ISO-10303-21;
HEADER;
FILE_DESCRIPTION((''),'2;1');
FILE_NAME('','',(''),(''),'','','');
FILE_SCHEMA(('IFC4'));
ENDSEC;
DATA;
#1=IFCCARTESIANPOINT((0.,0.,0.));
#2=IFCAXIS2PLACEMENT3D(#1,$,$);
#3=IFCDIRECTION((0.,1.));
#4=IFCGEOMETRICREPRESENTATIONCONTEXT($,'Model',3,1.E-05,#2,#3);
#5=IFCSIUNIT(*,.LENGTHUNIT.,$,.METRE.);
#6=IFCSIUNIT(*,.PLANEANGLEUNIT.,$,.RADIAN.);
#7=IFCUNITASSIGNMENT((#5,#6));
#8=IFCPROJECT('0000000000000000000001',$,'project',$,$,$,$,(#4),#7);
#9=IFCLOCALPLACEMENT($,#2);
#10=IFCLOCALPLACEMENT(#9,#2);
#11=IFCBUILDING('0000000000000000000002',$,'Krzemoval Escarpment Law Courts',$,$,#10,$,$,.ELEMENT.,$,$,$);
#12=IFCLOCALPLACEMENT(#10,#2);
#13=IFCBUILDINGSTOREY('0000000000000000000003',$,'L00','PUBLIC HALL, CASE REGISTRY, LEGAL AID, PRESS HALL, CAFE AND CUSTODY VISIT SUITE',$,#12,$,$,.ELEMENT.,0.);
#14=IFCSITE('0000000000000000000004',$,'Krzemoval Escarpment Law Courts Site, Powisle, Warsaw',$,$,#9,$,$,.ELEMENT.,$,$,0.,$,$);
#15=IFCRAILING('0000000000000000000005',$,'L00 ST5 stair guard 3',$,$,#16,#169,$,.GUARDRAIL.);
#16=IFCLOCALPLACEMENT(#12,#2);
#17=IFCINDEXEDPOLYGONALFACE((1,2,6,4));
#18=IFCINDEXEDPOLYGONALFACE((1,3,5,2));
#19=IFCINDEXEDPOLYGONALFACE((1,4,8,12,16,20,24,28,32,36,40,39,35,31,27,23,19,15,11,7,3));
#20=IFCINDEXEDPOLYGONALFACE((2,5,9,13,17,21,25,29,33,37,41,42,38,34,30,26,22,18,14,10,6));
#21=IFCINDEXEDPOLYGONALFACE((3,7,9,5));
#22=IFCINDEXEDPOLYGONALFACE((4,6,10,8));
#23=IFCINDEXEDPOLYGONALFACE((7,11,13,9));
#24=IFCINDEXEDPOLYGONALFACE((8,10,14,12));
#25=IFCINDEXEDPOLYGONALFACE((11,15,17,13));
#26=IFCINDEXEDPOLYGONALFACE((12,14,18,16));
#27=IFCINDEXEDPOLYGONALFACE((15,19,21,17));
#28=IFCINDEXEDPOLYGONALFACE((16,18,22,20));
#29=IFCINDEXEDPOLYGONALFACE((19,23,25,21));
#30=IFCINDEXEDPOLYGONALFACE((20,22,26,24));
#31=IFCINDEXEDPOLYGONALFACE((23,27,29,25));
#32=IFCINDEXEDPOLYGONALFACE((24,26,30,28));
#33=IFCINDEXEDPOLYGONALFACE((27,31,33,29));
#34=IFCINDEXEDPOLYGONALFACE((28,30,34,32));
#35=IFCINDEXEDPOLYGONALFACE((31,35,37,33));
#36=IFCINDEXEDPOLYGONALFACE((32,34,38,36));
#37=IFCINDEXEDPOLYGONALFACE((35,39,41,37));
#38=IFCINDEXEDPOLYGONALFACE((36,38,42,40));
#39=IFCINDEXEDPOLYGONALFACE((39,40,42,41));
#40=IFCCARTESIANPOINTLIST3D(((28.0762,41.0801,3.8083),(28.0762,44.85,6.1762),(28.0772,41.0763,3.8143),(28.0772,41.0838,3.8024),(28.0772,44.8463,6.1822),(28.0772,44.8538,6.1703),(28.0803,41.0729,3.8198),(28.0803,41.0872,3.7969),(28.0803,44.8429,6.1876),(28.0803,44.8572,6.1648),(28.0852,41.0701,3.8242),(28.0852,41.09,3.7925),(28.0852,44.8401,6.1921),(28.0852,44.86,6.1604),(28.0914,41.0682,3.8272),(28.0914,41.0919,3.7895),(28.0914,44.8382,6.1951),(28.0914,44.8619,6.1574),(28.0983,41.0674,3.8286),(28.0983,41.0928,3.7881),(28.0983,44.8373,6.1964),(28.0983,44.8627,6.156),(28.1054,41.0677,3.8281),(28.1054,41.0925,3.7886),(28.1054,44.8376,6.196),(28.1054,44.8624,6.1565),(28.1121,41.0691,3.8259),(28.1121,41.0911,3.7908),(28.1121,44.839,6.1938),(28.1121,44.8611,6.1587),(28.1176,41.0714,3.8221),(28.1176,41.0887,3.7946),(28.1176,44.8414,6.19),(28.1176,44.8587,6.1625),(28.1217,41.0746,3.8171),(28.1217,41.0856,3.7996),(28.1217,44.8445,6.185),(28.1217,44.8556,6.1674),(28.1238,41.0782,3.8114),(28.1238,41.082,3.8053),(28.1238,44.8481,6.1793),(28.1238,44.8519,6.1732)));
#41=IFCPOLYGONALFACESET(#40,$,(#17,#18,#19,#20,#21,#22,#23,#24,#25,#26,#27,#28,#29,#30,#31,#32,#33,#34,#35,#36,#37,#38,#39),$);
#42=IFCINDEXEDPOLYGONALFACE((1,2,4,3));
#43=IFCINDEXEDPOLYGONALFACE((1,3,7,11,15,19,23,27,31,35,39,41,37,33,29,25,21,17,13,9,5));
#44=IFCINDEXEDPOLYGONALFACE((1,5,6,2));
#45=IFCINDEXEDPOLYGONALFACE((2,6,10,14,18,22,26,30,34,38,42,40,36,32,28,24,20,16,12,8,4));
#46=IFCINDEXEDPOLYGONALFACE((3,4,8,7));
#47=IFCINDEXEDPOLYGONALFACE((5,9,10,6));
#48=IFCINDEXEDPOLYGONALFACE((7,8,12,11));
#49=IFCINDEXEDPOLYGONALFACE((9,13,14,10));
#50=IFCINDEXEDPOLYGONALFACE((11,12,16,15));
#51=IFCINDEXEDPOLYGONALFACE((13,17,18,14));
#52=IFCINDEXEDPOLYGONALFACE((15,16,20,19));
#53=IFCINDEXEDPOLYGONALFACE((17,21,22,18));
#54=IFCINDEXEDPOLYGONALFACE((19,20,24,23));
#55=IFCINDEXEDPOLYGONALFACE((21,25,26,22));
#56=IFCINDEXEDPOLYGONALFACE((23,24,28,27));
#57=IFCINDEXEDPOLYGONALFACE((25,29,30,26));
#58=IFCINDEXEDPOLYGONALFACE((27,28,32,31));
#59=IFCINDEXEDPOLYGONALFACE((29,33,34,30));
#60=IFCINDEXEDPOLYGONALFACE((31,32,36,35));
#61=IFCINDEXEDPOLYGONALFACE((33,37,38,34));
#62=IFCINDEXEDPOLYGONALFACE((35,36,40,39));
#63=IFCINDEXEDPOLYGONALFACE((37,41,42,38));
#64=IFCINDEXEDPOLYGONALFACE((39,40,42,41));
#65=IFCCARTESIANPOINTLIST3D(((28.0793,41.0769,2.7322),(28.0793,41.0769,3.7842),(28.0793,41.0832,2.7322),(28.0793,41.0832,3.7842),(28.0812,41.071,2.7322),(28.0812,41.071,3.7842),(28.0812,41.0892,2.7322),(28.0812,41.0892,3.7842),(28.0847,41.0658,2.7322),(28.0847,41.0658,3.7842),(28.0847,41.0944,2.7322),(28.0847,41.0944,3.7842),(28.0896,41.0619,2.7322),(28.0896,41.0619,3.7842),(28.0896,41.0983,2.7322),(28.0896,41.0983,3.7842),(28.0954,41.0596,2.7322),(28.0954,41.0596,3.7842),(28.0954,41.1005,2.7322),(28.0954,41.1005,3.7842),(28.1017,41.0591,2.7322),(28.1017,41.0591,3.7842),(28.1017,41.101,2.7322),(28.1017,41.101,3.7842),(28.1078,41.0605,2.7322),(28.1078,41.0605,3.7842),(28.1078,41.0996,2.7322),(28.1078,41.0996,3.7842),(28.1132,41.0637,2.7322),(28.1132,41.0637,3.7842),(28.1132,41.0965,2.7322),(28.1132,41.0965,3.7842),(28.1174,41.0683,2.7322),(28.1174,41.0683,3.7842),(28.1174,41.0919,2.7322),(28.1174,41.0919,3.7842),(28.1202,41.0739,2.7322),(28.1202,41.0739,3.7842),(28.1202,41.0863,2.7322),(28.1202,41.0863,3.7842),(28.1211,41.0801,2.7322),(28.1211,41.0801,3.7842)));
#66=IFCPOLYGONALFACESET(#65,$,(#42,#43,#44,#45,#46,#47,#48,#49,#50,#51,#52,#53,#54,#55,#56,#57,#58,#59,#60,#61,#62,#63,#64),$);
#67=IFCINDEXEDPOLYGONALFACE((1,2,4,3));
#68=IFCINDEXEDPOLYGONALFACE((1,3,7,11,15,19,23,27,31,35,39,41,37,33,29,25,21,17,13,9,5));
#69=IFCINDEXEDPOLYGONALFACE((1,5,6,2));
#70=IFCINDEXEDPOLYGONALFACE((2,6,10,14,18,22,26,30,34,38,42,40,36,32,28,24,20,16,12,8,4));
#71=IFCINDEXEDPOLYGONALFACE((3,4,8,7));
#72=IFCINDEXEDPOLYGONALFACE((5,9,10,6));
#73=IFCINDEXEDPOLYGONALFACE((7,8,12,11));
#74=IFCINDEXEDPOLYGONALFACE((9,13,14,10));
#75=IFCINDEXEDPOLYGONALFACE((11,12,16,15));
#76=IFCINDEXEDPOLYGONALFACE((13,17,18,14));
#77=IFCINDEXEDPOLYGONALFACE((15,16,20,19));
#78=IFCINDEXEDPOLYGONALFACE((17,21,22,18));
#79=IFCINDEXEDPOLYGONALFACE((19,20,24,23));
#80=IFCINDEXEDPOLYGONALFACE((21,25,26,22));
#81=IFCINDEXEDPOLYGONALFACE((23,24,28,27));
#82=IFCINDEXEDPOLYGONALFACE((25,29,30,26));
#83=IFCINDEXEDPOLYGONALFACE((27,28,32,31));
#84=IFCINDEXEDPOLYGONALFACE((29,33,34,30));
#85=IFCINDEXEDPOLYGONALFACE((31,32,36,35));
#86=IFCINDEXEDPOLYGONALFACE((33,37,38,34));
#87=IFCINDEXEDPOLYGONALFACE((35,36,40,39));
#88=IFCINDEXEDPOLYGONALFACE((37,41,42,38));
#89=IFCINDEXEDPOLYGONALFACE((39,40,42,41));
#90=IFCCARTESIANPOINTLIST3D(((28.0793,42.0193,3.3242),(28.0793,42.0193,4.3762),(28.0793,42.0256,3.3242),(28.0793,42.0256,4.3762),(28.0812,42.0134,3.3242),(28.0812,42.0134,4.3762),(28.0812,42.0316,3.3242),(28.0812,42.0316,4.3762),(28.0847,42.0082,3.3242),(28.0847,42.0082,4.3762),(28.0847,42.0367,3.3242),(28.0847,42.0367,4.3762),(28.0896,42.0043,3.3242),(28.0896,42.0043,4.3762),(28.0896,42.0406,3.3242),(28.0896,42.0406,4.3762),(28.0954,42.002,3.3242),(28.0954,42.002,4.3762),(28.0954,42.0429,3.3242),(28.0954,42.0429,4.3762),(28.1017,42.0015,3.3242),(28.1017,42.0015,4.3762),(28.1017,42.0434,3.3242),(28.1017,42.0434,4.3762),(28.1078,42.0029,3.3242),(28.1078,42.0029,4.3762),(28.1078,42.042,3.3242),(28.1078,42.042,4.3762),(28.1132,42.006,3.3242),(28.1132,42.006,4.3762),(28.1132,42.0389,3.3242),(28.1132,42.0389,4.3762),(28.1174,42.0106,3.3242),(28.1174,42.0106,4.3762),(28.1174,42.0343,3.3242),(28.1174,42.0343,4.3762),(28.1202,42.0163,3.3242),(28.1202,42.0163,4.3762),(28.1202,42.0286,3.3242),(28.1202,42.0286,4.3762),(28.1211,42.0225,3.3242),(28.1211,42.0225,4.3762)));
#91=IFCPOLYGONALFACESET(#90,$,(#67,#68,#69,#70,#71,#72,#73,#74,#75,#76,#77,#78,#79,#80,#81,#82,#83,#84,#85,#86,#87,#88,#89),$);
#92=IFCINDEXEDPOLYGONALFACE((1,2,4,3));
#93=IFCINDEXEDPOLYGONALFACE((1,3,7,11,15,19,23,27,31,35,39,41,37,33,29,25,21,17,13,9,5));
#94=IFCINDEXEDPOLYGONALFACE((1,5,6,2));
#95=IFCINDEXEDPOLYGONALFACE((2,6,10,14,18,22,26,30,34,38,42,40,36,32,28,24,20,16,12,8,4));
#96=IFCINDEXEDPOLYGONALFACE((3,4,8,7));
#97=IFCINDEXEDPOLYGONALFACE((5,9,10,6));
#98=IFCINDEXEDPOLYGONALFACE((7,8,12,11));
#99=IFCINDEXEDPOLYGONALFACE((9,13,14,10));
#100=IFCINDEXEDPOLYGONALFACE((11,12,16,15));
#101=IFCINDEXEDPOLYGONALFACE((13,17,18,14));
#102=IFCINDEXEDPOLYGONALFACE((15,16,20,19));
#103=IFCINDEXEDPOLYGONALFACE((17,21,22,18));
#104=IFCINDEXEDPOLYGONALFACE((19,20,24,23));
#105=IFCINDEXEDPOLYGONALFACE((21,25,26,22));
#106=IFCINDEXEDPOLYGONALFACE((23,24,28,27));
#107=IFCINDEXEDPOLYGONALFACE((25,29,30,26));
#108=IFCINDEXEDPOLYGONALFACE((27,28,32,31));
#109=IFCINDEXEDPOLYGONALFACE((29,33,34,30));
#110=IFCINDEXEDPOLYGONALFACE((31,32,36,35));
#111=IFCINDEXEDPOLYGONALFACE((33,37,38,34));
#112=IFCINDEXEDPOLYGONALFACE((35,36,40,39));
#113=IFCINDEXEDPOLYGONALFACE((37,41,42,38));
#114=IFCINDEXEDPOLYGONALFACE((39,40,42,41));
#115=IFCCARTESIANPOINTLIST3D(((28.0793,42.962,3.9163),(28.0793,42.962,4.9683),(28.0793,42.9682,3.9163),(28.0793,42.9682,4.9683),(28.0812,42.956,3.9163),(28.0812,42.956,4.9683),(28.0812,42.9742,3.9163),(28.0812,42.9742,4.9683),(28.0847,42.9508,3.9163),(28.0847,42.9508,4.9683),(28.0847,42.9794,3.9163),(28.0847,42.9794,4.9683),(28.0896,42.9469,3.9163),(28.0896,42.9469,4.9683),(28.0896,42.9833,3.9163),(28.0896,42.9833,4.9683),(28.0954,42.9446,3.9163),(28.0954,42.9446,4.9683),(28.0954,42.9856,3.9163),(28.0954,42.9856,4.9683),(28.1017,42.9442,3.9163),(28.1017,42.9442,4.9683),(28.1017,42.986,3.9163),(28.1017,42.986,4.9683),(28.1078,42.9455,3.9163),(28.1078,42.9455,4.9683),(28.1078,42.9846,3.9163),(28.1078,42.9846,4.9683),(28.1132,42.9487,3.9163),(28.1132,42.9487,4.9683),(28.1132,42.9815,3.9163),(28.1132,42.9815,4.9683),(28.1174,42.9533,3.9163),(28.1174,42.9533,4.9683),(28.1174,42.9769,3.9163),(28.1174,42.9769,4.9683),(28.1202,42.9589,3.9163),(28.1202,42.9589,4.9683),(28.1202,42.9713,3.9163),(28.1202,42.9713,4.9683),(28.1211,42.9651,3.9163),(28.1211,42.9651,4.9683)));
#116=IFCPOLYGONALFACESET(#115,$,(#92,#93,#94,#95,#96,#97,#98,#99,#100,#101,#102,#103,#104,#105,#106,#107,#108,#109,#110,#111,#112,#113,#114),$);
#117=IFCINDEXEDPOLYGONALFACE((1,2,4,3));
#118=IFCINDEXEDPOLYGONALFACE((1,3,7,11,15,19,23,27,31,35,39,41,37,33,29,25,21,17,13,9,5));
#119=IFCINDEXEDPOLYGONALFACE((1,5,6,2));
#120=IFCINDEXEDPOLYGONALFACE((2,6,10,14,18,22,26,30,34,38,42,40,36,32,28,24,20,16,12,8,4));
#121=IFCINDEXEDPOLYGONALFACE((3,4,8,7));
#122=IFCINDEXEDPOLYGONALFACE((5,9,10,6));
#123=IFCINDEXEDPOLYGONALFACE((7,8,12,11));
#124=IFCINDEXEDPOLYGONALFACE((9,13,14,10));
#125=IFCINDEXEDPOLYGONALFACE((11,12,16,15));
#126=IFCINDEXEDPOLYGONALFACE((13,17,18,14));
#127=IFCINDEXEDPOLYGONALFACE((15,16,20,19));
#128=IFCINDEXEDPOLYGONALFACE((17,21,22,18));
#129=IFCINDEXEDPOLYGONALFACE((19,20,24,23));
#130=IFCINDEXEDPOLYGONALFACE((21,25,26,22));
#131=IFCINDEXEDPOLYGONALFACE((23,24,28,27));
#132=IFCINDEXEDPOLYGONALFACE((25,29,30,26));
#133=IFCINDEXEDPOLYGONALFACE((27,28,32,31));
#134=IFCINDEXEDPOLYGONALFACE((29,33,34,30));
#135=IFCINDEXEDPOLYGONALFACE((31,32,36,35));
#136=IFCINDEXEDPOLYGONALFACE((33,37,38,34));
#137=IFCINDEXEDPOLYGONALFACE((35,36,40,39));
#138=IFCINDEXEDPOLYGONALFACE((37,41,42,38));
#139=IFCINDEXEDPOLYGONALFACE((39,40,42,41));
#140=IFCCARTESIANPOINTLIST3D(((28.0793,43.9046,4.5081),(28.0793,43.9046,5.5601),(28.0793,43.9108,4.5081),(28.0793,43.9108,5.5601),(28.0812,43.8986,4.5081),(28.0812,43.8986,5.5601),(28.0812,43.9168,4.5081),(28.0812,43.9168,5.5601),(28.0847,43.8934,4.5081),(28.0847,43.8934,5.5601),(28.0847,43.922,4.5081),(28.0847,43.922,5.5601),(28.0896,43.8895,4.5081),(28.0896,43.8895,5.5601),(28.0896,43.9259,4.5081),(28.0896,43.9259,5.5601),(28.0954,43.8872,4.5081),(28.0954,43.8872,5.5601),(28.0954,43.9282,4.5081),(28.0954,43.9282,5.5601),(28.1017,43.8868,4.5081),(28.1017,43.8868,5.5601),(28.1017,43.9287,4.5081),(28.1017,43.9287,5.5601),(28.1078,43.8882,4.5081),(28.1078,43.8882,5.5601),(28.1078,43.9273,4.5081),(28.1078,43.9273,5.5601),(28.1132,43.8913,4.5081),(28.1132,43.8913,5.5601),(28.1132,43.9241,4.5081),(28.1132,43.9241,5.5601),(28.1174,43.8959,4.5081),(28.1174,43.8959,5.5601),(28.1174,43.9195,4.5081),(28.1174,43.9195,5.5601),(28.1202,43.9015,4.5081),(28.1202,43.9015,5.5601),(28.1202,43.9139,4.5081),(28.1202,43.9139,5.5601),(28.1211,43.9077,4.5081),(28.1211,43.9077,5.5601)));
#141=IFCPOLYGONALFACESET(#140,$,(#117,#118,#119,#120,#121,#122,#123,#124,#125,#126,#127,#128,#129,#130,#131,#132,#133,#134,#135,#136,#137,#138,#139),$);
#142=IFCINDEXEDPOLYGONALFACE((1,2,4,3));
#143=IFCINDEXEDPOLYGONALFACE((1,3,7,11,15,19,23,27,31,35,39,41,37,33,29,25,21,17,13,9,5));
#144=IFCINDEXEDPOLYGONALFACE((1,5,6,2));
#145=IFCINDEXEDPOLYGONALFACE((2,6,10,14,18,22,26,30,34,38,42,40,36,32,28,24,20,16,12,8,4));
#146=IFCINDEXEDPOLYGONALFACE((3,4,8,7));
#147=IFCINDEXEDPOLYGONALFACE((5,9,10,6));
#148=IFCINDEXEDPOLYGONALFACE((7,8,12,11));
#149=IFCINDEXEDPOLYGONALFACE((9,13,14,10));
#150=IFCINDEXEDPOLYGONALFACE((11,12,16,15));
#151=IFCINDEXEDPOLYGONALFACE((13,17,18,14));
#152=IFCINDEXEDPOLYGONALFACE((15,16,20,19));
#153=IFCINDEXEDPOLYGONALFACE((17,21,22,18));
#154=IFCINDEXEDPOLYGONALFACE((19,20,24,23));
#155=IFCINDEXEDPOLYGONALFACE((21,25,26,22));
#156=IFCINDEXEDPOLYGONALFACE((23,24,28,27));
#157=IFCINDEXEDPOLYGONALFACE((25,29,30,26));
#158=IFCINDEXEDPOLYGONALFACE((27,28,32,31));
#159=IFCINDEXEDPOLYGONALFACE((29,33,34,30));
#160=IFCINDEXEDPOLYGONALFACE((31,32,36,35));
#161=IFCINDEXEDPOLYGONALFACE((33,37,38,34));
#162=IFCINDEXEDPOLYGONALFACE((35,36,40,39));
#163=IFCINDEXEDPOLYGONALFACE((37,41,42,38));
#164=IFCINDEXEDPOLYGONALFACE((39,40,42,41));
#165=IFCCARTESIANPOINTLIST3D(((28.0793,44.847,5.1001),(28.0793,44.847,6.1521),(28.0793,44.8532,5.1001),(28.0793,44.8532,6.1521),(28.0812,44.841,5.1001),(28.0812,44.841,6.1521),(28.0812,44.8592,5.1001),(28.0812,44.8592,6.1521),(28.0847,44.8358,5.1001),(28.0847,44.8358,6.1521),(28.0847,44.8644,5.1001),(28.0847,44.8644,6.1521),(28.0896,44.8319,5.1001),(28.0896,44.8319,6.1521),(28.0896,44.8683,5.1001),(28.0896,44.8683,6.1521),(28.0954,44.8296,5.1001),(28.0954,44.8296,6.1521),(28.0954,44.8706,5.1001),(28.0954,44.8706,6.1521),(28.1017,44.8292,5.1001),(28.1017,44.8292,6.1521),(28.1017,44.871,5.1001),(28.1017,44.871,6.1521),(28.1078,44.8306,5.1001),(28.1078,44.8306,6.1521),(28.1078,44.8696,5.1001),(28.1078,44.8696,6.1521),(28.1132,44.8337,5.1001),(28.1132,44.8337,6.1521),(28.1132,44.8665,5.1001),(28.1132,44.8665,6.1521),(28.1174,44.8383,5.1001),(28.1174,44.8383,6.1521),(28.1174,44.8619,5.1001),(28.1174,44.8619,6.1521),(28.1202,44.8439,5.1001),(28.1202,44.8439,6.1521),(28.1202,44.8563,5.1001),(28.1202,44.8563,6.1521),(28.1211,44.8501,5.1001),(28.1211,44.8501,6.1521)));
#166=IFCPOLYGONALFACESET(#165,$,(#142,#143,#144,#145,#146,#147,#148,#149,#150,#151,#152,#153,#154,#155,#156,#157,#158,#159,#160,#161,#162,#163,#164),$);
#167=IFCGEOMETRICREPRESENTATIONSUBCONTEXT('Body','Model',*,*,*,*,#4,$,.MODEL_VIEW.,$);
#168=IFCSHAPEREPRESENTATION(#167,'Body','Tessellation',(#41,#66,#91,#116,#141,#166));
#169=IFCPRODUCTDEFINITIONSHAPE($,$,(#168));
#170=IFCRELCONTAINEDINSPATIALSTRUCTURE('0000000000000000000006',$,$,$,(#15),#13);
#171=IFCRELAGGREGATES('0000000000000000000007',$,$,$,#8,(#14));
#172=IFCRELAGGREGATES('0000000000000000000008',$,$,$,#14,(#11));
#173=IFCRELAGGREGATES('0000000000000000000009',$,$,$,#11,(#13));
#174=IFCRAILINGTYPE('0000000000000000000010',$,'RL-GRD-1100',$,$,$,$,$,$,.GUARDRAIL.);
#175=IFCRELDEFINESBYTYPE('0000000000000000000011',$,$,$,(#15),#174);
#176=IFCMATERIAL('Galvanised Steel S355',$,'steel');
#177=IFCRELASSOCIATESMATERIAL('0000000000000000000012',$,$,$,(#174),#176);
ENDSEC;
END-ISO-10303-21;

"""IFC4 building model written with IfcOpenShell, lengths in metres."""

from ifc_helpers import new_model, si_unit, direction, frame, origin, origin_2d, place, context, subcontext, project, spatial, circle, extrude, material, type_object, element, save


model = new_model("IFC4")

# Units and contexts
model_context = context("Model", 3, precision=1e-05, world=origin(), true_north=direction((0.0, 1.0)))
body_context = subcontext(model_context, "Body", "Model", "MODEL_VIEW")
ifc_project = project(units=[si_unit("LENGTHUNIT", "METRE"), si_unit("PLANEANGLEUNIT", "RADIAN")], contexts=[model_context])

# Site, building, storey
site_placement = place(None, origin())
site = spatial("IfcSite", under=ifc_project, at=site_placement, Name="Krzemoval Escarpment Law Courts Site, Powisle, Warsaw", CompositionType="ELEMENT", RefElevation=0.0)
building_placement = place(site_placement, origin())
building = spatial("IfcBuilding", under=site, at=building_placement, Name="Krzemoval Escarpment Law Courts", CompositionType="ELEMENT")
storey_placement = place(building_placement, origin())
storey = spatial("IfcBuildingStorey", under=building, at=storey_placement, Name="L00", Description="PUBLIC HALL, CASE REGISTRY, LEGAL AID, PRESS HALL, CAFE AND CUSTODY VISIT SUITE", CompositionType="ELEMENT", Elevation=0.0)

# Railing
ifc_material_1 = material(Name="Galvanised Steel S355", Category="steel")
railing_type_1 = type_object("IfcRailingType", Name="RL-GRD-1100", PredefinedType="GUARDRAIL", material=ifc_material_1)
railing_1_placement = place(storey_placement, frame((28.1001, 41.0801, 2.7322)))
element("IfcRailing", 1, at=railing_1_placement, inside=storey, type_object=railing_type_1, Name="L00 ST5 stair guard 3", PredefinedType="GUARDRAIL", context=body_context, shape_type="SweptSolid", body=[
    extrude(circle(Radius=0.0239, at=origin_2d()), frame((0.0, 0.0, 1.0762), z_axis=(0.0, 0.846819, 0.531881), x_axis=(-1.0, 0.0, 0.0)), (0.0, 0.0, 1.0), 4.4519),
    extrude(circle(Radius=0.021, at=origin_2d()), origin(), (0.0, 0.0, 1.0), 1.052),
    extrude(circle(Radius=0.021, at=origin_2d()), frame((0.0, 0.9424, 0.592)), (0.0, 0.0, 1.0), 1.052),
    extrude(circle(Radius=0.021, at=origin_2d()), frame((0.0, 1.885, 1.1841)), (0.0, 0.0, 1.0), 1.052),
    extrude(circle(Radius=0.021, at=origin_2d()), frame((0.0, 2.8276, 1.7759)), (0.0, 0.0, 1.0), 1.052),
    extrude(circle(Radius=0.021, at=origin_2d()), frame((0.0, 3.77, 2.3679)), (0.0, 0.0, 1.0), 1.052),
])

save(model, "model.ifc")
